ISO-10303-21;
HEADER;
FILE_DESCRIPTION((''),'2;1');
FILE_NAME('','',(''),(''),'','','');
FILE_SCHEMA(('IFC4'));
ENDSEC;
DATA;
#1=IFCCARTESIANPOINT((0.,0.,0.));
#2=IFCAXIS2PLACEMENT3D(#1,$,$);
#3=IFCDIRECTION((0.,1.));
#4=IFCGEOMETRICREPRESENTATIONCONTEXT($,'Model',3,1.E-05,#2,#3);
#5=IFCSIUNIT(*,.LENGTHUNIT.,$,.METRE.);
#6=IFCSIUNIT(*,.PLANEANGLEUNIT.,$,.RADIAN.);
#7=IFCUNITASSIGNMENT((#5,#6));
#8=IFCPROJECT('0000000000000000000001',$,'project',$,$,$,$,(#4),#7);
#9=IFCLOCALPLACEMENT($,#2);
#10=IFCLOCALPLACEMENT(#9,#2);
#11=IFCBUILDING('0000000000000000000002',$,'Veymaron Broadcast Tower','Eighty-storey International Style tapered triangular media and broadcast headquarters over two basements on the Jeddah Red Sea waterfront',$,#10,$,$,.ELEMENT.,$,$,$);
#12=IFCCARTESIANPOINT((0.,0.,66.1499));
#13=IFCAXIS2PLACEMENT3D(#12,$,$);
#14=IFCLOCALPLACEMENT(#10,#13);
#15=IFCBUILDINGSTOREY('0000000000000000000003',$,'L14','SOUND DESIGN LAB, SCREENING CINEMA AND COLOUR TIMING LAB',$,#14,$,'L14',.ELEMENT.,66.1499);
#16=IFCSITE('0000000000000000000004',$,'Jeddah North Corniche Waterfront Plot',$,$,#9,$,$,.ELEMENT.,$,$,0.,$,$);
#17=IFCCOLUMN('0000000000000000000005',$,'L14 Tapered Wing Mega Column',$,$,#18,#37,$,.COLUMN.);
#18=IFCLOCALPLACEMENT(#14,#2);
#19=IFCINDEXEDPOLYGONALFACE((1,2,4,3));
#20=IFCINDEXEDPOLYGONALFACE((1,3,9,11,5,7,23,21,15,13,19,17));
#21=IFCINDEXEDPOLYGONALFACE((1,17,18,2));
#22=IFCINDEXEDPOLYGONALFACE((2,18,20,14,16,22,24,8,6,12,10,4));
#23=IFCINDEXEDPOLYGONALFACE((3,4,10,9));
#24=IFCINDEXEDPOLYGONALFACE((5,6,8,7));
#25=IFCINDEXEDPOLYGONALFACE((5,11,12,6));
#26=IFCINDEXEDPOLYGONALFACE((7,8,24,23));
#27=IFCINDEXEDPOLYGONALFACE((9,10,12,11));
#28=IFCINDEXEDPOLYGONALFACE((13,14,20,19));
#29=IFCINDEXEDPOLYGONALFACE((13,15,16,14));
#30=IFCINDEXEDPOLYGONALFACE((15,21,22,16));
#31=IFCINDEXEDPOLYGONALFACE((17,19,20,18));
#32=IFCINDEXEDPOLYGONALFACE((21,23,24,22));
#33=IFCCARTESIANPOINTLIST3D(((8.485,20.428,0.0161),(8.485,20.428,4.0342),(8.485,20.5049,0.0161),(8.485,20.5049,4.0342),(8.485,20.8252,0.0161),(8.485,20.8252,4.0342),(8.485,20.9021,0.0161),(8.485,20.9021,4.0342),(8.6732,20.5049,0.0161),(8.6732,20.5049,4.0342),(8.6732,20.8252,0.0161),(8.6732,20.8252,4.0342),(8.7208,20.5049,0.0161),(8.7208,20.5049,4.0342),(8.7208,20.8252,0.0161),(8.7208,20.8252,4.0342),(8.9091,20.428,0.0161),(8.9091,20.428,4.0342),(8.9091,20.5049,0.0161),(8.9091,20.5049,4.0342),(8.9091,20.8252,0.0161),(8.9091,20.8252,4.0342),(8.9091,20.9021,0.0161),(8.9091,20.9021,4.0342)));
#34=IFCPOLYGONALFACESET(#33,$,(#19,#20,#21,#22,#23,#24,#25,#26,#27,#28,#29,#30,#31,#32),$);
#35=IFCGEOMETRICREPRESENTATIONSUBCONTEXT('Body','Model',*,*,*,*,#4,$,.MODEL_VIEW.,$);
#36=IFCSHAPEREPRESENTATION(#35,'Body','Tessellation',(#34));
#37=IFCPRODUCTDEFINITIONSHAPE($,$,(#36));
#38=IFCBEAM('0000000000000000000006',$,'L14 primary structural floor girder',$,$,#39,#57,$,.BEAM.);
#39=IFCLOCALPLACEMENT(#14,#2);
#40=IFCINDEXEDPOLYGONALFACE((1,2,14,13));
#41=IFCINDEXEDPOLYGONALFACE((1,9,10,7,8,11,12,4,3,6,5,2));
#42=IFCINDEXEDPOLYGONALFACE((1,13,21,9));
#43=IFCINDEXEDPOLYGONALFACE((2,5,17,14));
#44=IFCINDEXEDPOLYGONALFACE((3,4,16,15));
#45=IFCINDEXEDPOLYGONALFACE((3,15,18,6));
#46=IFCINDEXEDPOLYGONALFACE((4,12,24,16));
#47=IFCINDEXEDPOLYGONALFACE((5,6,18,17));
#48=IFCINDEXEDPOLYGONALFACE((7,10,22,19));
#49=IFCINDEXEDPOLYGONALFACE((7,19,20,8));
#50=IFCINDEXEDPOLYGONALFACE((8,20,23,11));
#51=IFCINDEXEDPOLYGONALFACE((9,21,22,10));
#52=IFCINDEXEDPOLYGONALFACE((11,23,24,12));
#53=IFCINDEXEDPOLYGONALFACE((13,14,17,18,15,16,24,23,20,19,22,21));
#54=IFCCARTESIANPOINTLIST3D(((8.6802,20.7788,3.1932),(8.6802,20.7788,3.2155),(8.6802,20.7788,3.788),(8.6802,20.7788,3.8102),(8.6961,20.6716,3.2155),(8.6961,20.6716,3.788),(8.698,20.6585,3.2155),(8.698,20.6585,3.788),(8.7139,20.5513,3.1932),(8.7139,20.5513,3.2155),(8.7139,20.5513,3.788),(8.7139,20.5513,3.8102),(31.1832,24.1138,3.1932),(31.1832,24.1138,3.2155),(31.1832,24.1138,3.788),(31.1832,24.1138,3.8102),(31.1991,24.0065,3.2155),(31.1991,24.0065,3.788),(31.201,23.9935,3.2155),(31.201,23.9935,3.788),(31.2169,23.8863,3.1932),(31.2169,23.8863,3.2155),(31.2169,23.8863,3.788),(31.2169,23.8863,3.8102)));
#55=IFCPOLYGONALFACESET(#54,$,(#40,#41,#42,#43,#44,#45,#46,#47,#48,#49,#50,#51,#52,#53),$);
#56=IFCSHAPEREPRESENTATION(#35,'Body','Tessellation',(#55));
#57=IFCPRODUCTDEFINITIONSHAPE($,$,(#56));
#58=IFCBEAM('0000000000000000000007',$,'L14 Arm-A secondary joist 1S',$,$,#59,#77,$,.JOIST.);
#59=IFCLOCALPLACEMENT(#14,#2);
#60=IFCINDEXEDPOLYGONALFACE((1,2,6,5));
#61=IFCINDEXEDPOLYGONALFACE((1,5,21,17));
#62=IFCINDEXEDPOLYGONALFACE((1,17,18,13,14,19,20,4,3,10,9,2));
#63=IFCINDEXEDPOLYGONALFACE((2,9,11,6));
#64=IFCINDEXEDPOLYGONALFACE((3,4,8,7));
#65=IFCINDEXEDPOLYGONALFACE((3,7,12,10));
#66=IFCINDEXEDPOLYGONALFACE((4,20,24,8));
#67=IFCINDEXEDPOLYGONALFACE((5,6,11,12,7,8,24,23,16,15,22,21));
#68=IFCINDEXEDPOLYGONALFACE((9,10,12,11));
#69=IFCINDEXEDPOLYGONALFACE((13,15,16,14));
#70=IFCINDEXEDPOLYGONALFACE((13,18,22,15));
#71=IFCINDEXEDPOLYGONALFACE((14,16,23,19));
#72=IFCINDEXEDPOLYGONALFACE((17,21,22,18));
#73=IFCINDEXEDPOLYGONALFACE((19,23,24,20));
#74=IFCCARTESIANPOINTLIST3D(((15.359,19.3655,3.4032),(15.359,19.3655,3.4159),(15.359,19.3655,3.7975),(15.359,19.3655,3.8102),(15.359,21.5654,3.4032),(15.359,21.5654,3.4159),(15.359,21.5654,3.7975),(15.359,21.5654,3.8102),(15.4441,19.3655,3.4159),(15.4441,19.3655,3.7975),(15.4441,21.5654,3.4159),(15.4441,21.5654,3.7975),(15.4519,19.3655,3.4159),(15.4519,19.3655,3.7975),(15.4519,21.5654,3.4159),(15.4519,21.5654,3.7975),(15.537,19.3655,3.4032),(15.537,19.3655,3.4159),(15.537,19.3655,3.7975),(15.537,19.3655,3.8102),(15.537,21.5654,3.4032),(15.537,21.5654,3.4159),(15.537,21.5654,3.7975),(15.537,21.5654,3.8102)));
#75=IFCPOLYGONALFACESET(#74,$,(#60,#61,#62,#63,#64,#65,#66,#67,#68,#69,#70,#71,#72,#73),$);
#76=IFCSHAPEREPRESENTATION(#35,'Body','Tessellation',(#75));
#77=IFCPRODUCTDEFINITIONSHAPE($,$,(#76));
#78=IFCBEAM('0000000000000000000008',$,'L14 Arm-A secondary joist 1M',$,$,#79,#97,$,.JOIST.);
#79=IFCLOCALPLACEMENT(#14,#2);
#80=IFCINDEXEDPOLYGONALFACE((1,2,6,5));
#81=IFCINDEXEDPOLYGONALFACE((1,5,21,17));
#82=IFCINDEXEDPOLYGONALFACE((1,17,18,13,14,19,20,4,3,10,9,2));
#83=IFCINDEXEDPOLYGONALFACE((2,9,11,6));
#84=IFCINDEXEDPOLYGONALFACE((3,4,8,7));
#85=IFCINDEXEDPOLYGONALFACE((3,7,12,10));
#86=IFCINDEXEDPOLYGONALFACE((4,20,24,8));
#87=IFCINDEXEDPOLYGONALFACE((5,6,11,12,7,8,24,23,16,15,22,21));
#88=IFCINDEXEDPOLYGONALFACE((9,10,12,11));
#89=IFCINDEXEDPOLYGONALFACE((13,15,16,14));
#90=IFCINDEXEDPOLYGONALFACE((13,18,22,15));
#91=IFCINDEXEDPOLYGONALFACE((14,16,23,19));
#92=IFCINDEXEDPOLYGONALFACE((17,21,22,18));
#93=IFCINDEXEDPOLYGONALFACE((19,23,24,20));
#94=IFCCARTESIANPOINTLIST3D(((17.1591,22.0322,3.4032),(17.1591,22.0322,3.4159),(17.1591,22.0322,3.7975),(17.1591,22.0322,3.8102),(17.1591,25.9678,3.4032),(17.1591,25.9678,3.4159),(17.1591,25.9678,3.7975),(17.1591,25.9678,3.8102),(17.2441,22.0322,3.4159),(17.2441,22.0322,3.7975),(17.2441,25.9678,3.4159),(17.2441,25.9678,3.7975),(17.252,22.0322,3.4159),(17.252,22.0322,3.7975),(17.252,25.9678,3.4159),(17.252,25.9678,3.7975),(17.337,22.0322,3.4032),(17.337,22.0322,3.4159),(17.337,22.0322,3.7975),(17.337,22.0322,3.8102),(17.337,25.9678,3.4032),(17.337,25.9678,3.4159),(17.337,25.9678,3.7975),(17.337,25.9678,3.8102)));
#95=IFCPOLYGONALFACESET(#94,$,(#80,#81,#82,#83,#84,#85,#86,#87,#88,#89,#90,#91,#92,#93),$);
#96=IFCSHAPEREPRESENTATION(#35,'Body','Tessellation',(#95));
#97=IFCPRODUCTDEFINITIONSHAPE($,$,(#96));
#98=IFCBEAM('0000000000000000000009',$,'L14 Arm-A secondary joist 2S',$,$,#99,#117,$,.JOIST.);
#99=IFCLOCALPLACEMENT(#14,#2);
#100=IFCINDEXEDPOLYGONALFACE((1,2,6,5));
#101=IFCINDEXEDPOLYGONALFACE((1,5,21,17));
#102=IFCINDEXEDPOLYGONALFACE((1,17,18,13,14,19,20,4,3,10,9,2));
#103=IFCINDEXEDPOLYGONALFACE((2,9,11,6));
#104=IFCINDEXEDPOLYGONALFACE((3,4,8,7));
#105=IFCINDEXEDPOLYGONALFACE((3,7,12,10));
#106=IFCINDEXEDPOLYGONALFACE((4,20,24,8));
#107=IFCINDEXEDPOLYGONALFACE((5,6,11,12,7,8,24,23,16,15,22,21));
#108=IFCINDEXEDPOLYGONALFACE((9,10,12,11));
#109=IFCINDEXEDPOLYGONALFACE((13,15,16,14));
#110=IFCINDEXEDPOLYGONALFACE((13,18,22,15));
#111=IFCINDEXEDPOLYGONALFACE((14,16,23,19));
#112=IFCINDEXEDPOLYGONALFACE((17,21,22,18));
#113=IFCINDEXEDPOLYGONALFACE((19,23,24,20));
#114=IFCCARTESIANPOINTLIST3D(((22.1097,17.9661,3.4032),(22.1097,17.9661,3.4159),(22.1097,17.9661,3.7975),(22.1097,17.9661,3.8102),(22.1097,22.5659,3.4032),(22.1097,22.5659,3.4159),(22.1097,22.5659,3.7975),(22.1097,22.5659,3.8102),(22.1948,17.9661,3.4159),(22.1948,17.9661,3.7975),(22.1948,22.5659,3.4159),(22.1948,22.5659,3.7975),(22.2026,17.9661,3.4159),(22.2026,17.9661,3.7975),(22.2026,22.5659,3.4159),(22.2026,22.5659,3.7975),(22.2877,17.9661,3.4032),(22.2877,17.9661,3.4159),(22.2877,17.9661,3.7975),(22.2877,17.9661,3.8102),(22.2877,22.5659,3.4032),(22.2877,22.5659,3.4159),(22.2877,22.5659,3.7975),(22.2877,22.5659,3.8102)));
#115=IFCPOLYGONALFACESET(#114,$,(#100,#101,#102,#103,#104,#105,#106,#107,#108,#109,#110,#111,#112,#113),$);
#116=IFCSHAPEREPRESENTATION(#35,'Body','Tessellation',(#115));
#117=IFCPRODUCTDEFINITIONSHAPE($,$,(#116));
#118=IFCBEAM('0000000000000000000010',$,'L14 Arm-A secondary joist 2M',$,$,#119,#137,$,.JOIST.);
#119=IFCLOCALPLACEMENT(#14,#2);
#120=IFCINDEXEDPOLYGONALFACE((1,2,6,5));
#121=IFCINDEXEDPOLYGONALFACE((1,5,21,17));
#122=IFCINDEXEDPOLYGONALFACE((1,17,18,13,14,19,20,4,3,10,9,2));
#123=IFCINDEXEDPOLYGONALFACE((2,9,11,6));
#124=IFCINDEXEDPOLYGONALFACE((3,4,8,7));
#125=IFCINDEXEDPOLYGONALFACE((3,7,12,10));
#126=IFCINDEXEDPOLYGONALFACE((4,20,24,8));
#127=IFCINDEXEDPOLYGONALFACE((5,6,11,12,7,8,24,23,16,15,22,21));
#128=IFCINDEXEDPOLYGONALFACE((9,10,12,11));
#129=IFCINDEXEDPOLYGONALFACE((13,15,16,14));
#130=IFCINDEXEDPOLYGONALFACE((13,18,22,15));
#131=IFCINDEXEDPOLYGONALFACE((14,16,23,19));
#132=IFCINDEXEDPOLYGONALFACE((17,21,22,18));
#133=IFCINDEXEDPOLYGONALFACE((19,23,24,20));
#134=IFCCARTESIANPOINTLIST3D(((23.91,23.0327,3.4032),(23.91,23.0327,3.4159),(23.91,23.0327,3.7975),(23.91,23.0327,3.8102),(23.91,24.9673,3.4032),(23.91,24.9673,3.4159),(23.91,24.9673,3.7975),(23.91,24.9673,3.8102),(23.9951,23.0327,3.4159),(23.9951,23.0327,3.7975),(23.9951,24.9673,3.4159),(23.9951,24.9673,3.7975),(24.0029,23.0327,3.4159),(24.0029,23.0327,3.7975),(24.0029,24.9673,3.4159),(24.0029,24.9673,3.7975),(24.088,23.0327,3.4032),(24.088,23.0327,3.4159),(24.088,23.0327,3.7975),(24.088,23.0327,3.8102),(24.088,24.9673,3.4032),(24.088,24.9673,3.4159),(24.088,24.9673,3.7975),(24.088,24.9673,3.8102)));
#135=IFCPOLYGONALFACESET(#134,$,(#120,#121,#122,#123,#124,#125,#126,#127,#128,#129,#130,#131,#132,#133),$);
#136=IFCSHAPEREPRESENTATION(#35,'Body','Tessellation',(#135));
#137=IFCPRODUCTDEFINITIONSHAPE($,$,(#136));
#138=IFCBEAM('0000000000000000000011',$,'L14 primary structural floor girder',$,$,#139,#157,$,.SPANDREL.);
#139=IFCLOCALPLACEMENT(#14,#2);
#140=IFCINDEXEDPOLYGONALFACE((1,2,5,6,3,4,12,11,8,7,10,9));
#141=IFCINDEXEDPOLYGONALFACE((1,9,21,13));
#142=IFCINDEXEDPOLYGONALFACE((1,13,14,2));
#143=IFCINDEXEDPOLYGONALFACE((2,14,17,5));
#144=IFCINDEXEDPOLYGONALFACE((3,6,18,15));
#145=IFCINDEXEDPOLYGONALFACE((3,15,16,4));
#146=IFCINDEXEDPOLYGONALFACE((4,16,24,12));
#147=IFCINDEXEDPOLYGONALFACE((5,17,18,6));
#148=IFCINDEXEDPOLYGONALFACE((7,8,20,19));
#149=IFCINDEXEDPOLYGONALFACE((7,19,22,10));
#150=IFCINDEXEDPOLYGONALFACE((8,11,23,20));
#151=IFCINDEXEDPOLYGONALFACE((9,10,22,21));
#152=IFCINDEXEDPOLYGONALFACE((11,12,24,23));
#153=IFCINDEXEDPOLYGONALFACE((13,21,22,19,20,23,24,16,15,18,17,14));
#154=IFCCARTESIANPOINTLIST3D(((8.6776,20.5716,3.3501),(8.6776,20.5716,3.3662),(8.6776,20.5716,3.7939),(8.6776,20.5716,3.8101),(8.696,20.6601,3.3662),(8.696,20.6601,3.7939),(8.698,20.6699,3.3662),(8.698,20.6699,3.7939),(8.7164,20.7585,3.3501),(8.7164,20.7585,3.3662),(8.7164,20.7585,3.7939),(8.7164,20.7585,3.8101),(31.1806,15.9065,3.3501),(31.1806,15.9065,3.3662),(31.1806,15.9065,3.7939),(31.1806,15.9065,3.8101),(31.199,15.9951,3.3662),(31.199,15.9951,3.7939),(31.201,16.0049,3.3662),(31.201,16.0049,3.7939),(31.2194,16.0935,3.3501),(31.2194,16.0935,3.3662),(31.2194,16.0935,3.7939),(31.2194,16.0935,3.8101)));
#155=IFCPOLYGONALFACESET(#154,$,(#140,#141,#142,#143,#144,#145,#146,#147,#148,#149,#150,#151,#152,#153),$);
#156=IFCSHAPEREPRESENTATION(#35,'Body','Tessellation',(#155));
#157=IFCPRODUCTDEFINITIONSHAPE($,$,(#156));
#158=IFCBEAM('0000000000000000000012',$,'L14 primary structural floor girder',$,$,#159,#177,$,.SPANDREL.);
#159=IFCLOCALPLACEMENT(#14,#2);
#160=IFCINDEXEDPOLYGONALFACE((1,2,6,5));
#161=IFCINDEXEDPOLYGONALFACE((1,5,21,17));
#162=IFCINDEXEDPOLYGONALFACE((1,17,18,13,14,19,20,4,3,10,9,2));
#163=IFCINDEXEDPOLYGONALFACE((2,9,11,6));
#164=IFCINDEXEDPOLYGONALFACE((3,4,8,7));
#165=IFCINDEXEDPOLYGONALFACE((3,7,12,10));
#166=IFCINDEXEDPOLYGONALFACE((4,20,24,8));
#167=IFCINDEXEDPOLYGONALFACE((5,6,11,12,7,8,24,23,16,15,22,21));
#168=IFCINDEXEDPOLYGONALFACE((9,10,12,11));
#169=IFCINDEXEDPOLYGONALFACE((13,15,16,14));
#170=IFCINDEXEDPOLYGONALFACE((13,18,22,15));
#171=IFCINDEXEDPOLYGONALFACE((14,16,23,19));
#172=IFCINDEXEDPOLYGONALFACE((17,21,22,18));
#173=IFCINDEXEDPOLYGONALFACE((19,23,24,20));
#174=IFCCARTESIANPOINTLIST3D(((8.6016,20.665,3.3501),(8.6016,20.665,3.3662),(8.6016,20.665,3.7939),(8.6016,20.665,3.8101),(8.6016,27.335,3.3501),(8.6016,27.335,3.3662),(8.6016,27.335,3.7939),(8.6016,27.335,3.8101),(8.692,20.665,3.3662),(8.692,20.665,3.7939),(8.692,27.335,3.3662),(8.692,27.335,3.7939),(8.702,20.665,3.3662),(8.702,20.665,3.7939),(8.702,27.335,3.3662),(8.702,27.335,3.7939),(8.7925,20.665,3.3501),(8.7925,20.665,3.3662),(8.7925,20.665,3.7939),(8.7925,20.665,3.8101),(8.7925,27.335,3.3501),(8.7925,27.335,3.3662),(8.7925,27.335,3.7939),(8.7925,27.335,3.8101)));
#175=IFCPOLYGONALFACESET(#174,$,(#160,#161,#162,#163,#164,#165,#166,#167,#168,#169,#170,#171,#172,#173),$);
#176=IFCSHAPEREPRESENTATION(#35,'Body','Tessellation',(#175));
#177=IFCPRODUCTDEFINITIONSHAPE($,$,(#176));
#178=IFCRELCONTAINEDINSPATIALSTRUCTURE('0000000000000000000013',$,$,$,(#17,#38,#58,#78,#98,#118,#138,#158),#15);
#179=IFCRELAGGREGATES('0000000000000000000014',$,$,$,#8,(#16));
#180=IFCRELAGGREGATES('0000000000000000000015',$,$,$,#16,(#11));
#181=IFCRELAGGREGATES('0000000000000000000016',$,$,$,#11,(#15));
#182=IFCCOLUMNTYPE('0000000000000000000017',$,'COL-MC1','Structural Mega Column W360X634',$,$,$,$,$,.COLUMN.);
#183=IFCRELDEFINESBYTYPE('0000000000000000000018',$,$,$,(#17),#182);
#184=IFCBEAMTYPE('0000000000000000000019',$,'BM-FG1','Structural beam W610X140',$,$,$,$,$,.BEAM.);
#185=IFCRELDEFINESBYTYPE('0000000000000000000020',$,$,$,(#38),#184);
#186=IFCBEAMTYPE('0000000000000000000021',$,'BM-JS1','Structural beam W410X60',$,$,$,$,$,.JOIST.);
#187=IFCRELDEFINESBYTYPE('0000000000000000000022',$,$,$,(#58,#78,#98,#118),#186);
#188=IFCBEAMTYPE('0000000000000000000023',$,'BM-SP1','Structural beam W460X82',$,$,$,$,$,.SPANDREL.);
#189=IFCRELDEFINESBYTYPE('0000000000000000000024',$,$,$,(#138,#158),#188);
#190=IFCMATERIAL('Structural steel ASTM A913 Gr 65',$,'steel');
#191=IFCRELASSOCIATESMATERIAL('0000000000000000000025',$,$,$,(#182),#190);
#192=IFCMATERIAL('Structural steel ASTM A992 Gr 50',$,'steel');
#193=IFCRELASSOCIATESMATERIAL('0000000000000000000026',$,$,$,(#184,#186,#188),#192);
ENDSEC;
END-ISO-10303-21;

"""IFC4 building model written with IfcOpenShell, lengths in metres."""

from ifc_helpers import new_model, si_unit, direction, frame, origin, origin_2d, place, context, subcontext, project, spatial, i_section, extrude, material, material_profile, profile_set, type_object, element, save


model = new_model("IFC4")

# Units and contexts
model_context = context("Model", 3, precision=1e-05, world=origin(), true_north=direction((0.0, 1.0)))
body_context = subcontext(model_context, "Body", "Model", "MODEL_VIEW")
ifc_project = project(units=[si_unit("LENGTHUNIT", "METRE"), si_unit("PLANEANGLEUNIT", "RADIAN")], contexts=[model_context])

# Site, building, storey
site_placement = place(None, origin())
site = spatial("IfcSite", under=ifc_project, at=site_placement, Name="Jeddah North Corniche Waterfront Plot", CompositionType="ELEMENT", RefElevation=0.0)
building_placement = place(site_placement, origin())
building = spatial("IfcBuilding", under=site, at=building_placement, Name="Veymaron Broadcast Tower", Description="Eighty-storey International Style tapered triangular media and broadcast headquarters over two basements on the Jeddah Red Sea waterfront", CompositionType="ELEMENT")
storey_placement = place(building_placement, frame((0.0, 0.0, 66.1499)))
storey = spatial("IfcBuildingStorey", under=building, at=storey_placement, Name="L14", Description="SOUND DESIGN LAB, SCREENING CINEMA AND COLOUR TIMING LAB", LongName="L14", CompositionType="ELEMENT", Elevation=66.1499)

# Column
ifc_material_1 = material(Name="Structural steel ASTM A913 Gr 65", Category="steel")
ifc_material_profile_1 = material_profile(ifc_material_1, i_section(OverallWidth=0.4241, OverallDepth=0.4741, WebThickness=0.0476, FlangeThickness=0.0769, at=origin_2d()), Name="W360X634")
ifc_profile_set_1 = profile_set([ifc_material_profile_1], Name="Structural steel ASTM A913 Gr 65")
column_type = type_object("IfcColumnType", Name="COL-MC1", Description="Structural Mega Column W360X634", PredefinedType="COLUMN", material=ifc_profile_set_1)
column_placement = place(storey_placement, frame((8.697, 20.665, 0.0161), z_axis=(0.0, 0.0, 1.0), x_axis=(1.0, 0.0, 0.0)))
element("IfcColumn", 1, at=column_placement, inside=storey, type_object=column_type, Name="L14 Tapered Wing Mega Column", PredefinedType="COLUMN", context=body_context, shape_type="SweptSolid", body=[
    extrude(i_section(OverallWidth=0.4241, OverallDepth=0.4741, WebThickness=0.0476, FlangeThickness=0.0769, at=origin_2d()), origin(), (0.0, 0.0, 1.0), 4.0181),
])

# Beams
ifc_material_2 = material(Name="Structural steel ASTM A992 Gr 50", Category="steel")
ifc_material_profile_2 = material_profile(ifc_material_2, i_section(OverallWidth=0.23, OverallDepth=0.6169, WebThickness=0.0132, FlangeThickness=0.0222, at=origin_2d()), Name="W610X140")
ifc_profile_set_2 = profile_set([ifc_material_profile_2], Name="Structural steel ASTM A992 Gr 50")
beam_type_1 = type_object("IfcBeamType", Name="BM-FG1", Description="Structural beam W610X140", PredefinedType="BEAM", material=ifc_profile_set_2)
beam_1_placement = place(storey_placement, frame((8.697, 20.665, 3.5017), z_axis=(0.989196, 0.1466, 0.0), x_axis=(-0.1466, 0.989196, 0.0)))
element("IfcBeam", 2, at=beam_1_placement, inside=storey, type_object=beam_type_1, Name="L14 primary structural floor girder", PredefinedType="BEAM", context=body_context, shape_type="SweptSolid", body=[
    extrude(i_section(OverallWidth=0.23, OverallDepth=0.6169, WebThickness=0.0132, FlangeThickness=0.0222, at=origin_2d()), origin(), (0.0, 0.0, 1.0), 22.7488),
])
ifc_material_profile_3 = material_profile(ifc_material_2, i_section(OverallWidth=0.178, OverallDepth=0.407, WebThickness=0.0078, FlangeThickness=0.0127, at=origin_2d()), Name="W410X60")
ifc_profile_set_3 = profile_set([ifc_material_profile_3], Name="Structural steel ASTM A992 Gr 50")
beam_type_2 = type_object("IfcBeamType", Name="BM-JS1", Description="Structural beam W410X60", PredefinedType="JOIST", material=ifc_profile_set_3)
beam_2_placement = place(storey_placement, frame((15.448, 19.3655, 3.6067), z_axis=(0.0, 1.0, 0.0), x_axis=(-1.0, 0.0, 0.0)))
element("IfcBeam", 3, at=beam_2_placement, inside=storey, type_object=beam_type_2, Name="L14 Arm-A secondary joist 1S", PredefinedType="JOIST", context=body_context, shape_type="SweptSolid", body=[
    extrude(i_section(OverallWidth=0.178, OverallDepth=0.407, WebThickness=0.0078, FlangeThickness=0.0127, at=origin_2d()), origin(), (0.0, 0.0, 1.0), 2.2),
])
beam_3_placement = place(storey_placement, frame((17.248, 22.0322, 3.6067), z_axis=(0.0, 1.0, 0.0), x_axis=(-1.0, 0.0, 0.0)))
element("IfcBeam", 4, at=beam_3_placement, inside=storey, type_object=beam_type_2, Name="L14 Arm-A secondary joist 1M", PredefinedType="JOIST", context=body_context, shape_type="SweptSolid", body=[
    extrude(i_section(OverallWidth=0.178, OverallDepth=0.407, WebThickness=0.0078, FlangeThickness=0.0127, at=origin_2d()), origin(), (0.0, 0.0, 1.0), 3.9355),
])
beam_4_placement = place(storey_placement, frame((22.1987, 17.9661, 3.6067), z_axis=(0.0, 1.0, 0.0), x_axis=(-1.0, 0.0, 0.0)))
element("IfcBeam", 5, at=beam_4_placement, inside=storey, type_object=beam_type_2, Name="L14 Arm-A secondary joist 2S", PredefinedType="JOIST", context=body_context, shape_type="SweptSolid", body=[
    extrude(i_section(OverallWidth=0.178, OverallDepth=0.407, WebThickness=0.0078, FlangeThickness=0.0127, at=origin_2d()), origin(), (0.0, 0.0, 1.0), 4.5999),
])
beam_5_placement = place(storey_placement, frame((23.999, 23.0327, 3.6067), z_axis=(0.0, 1.0, 0.0), x_axis=(-1.0, 0.0, 0.0)))
element("IfcBeam", 6, at=beam_5_placement, inside=storey, type_object=beam_type_2, Name="L14 Arm-A secondary joist 2M", PredefinedType="JOIST", context=body_context, shape_type="SweptSolid", body=[
    extrude(i_section(OverallWidth=0.178, OverallDepth=0.407, WebThickness=0.0078, FlangeThickness=0.0127, at=origin_2d()), origin(), (0.0, 0.0, 1.0), 1.9346),
])
ifc_material_profile_4 = material_profile(ifc_material_2, i_section(OverallWidth=0.1909, OverallDepth=0.46, WebThickness=0.01, FlangeThickness=0.0161, at=origin_2d()), Name="W460X82")
ifc_profile_set_4 = profile_set([ifc_material_profile_4], Name="Structural steel ASTM A992 Gr 50")
beam_type_3 = type_object("IfcBeamType", Name="BM-SP1", Description="Structural beam W460X82", PredefinedType="SPANDREL", material=ifc_profile_set_4)
beam_6_placement = place(storey_placement, frame((8.697, 20.665, 3.5801), z_axis=(0.97918, -0.202992, 0.0), x_axis=(0.202992, 0.97918, 0.0)))
element("IfcBeam", 7, at=beam_6_placement, inside=storey, type_object=beam_type_3, Name="L14 primary structural floor girder", PredefinedType="SPANDREL", context=body_context, shape_type="SweptSolid", body=[
    extrude(i_section(OverallWidth=0.1909, OverallDepth=0.46, WebThickness=0.01, FlangeThickness=0.0161, at=origin_2d()), origin(), (0.0, 0.0, 1.0), 22.9814),
])
beam_7_placement = place(storey_placement, frame((8.697, 20.665, 3.5801), z_axis=(0.0, 1.0, 0.0), x_axis=(-1.0, 0.0, 0.0)))
element("IfcBeam", 8, at=beam_7_placement, inside=storey, type_object=beam_type_3, Name="L14 primary structural floor girder", PredefinedType="SPANDREL", context=body_context, shape_type="SweptSolid", body=[
    extrude(i_section(OverallWidth=0.1909, OverallDepth=0.46, WebThickness=0.01, FlangeThickness=0.0161, at=origin_2d()), origin(), (0.0, 0.0, 1.0), 6.6699),
])

save(model, "model.ifc")
